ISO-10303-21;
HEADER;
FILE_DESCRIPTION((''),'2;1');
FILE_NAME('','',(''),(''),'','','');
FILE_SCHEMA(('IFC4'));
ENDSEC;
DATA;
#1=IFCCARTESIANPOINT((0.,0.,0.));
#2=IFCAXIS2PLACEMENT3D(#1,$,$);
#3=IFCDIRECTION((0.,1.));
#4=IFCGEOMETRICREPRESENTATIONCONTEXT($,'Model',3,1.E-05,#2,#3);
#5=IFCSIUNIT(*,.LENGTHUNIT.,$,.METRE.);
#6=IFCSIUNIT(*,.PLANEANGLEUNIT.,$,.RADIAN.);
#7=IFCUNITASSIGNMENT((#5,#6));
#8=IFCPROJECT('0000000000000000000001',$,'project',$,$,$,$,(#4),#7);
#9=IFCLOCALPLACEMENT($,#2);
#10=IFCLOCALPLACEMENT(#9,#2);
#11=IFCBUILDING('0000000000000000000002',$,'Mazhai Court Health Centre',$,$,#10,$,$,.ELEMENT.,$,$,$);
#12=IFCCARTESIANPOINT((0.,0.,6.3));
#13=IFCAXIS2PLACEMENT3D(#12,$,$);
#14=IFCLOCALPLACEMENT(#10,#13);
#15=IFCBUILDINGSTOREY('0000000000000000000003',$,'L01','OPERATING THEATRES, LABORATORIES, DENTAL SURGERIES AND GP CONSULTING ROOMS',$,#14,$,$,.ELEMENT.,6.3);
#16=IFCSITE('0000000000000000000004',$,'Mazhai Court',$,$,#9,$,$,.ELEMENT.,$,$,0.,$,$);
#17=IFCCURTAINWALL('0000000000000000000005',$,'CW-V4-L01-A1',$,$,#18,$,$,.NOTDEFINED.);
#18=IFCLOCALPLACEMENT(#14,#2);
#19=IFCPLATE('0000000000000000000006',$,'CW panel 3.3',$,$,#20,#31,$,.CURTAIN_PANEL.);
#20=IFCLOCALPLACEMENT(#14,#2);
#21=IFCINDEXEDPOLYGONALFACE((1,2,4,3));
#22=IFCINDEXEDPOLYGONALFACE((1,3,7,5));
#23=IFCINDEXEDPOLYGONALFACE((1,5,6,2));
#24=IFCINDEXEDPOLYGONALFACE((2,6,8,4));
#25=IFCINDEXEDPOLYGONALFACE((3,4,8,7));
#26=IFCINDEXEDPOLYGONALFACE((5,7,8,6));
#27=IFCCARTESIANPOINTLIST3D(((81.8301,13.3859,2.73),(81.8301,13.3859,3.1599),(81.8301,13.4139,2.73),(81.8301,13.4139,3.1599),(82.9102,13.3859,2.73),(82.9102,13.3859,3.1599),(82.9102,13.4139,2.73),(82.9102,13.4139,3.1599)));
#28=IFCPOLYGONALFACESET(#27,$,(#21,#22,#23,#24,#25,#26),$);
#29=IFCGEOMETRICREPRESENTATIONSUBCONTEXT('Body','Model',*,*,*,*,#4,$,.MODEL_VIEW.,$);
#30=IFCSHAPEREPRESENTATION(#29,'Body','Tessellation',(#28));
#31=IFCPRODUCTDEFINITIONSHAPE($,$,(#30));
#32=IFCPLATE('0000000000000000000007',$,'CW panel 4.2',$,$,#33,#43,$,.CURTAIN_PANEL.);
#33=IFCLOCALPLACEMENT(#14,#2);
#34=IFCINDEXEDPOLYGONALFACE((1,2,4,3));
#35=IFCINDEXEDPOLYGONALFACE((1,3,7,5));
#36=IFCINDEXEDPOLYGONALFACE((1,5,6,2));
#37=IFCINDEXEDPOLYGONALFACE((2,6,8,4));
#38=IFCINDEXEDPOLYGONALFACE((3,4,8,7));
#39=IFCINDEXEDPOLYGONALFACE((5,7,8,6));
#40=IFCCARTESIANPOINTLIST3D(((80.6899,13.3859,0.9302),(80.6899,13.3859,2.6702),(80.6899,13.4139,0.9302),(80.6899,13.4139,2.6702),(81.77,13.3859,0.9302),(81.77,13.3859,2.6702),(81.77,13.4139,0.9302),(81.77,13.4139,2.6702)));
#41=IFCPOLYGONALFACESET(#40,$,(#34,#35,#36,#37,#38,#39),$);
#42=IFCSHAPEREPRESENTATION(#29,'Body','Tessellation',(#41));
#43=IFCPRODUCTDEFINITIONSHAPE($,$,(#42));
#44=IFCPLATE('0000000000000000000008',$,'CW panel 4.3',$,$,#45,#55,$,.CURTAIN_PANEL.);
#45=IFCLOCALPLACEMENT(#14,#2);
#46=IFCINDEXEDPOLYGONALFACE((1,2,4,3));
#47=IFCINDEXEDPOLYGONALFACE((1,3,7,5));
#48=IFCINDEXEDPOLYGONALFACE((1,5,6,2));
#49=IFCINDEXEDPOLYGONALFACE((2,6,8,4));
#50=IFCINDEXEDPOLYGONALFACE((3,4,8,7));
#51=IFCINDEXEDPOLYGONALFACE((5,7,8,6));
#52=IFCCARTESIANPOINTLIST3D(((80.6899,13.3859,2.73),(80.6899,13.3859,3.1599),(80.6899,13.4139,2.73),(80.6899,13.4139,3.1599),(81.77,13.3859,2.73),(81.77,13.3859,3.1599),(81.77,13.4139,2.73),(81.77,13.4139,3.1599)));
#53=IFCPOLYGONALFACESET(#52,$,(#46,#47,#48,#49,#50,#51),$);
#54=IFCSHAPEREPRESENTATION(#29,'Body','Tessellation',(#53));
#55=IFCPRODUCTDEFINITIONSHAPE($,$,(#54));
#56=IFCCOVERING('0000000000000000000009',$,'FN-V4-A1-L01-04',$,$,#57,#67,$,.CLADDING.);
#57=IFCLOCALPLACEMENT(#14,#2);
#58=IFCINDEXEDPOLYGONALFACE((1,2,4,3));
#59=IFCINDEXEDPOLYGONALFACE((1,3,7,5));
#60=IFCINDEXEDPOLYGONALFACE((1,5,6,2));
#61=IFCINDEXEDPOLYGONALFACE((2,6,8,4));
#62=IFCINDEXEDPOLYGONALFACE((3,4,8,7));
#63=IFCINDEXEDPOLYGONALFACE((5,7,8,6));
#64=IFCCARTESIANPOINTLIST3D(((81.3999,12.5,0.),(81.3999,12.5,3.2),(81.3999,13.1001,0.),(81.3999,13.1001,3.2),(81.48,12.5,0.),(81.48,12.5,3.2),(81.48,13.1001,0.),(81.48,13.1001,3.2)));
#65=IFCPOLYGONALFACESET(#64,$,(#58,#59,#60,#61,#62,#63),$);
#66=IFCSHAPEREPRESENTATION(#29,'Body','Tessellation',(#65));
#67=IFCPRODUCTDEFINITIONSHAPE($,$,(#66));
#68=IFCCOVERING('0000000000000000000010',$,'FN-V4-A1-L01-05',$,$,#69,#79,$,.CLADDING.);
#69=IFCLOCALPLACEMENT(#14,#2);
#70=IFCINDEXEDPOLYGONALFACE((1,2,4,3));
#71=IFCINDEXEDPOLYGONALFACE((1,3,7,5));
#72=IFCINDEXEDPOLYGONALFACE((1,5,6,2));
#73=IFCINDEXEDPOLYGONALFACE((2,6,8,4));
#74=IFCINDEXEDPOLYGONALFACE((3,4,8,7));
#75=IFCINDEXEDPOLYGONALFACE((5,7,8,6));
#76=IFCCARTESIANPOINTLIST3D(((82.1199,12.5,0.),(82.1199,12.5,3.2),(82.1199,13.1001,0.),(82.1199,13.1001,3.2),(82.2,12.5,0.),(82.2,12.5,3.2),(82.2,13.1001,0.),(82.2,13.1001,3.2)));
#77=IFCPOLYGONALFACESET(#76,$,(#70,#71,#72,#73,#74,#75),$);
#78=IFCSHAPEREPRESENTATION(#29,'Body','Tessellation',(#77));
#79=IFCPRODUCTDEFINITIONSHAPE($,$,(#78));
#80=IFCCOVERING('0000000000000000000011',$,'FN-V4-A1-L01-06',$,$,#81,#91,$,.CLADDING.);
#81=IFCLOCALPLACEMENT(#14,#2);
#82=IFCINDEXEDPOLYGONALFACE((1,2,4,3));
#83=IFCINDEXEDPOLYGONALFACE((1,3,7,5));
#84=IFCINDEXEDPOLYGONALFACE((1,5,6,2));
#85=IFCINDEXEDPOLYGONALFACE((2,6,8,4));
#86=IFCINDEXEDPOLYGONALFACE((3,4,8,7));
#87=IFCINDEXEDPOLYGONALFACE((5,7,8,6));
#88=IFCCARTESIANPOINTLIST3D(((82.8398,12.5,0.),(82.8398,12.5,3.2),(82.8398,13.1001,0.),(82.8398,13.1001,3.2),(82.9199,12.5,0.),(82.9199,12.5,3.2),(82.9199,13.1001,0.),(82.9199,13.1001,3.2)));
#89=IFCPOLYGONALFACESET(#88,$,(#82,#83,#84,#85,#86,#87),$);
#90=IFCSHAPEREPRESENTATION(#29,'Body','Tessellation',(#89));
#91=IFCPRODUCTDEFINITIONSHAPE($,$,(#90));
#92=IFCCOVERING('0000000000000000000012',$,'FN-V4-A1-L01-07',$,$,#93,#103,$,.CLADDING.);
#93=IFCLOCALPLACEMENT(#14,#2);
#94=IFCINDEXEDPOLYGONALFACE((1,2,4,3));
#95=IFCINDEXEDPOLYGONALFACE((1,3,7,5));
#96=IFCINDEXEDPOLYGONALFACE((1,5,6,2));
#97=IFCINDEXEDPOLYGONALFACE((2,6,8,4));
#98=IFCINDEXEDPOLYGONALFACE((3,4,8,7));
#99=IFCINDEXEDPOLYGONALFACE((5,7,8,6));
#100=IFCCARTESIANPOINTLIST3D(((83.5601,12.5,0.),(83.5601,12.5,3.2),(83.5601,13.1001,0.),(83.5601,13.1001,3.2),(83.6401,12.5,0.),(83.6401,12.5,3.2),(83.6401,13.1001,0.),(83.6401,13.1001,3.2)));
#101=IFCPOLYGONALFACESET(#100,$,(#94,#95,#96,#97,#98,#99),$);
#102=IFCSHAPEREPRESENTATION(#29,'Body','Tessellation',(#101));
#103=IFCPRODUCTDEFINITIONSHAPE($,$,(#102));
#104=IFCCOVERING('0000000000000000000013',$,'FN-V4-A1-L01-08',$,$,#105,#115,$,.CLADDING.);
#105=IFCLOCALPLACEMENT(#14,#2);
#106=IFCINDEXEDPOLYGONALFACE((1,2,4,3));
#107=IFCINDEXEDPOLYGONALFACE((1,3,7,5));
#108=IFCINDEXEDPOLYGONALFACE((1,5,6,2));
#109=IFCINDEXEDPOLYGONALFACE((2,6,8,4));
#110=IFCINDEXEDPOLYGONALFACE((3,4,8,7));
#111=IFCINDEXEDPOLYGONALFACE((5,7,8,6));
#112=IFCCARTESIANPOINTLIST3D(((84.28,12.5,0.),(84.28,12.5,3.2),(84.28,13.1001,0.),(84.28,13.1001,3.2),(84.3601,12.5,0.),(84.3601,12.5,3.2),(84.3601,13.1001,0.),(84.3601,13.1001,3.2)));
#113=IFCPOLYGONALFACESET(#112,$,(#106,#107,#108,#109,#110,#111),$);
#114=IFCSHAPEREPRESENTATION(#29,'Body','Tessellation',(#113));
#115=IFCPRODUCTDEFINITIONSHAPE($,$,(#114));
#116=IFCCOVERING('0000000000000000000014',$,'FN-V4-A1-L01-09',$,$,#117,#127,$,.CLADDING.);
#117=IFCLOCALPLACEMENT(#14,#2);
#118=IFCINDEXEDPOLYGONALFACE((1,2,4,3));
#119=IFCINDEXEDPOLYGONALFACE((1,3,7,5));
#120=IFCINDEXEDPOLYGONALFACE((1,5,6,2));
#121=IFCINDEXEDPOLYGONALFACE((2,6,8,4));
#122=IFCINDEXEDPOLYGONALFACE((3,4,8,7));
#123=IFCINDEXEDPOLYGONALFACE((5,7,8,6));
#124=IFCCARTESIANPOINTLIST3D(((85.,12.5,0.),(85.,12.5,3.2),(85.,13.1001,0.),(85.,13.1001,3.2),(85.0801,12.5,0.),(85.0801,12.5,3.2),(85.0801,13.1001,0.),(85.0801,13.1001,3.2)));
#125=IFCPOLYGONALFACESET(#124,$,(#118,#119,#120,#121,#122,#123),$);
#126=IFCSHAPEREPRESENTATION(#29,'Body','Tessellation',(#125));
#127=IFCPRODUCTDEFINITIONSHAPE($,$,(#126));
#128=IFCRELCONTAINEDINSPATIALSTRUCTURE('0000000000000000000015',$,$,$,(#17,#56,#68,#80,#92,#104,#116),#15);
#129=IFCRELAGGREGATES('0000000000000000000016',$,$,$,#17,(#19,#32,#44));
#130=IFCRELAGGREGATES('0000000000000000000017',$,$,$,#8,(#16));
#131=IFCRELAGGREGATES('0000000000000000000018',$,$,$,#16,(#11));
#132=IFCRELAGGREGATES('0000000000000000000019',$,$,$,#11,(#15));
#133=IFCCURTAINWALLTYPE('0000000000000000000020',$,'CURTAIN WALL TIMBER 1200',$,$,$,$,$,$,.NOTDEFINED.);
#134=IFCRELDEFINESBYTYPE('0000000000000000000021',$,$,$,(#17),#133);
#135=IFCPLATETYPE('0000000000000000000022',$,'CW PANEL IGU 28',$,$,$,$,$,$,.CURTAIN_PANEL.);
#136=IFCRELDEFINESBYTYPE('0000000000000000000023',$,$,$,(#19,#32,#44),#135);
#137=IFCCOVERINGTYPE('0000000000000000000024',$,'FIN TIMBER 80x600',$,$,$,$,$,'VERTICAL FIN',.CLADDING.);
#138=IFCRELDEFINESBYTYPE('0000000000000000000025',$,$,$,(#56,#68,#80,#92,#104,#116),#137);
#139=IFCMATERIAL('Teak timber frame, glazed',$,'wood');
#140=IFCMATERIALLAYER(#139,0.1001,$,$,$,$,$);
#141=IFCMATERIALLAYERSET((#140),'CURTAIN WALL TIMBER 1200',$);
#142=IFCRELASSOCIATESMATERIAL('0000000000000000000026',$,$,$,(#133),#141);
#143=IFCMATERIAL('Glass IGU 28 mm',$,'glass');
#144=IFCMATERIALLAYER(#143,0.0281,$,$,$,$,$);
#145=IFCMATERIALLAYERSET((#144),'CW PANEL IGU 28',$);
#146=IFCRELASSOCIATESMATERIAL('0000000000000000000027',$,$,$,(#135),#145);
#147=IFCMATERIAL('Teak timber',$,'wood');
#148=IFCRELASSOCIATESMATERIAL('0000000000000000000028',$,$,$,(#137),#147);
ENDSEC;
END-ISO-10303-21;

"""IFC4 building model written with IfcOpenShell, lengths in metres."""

from ifc_helpers import new_model, si_unit, direction, frame, origin, origin_2d, place, context, subcontext, project, spatial, rectangle, extrude, material, layer, layer_set, type_object, element, aggregate, save


model = new_model("IFC4")

# Units and contexts
model_context = context("Model", 3, precision=1e-05, world=origin(), true_north=direction((0.0, 1.0)))
body_context = subcontext(model_context, "Body", "Model", "MODEL_VIEW")
ifc_project = project(units=[si_unit("LENGTHUNIT", "METRE"), si_unit("PLANEANGLEUNIT", "RADIAN")], contexts=[model_context])

# Site, building, storey
site_placement = place(None, origin())
site = spatial("IfcSite", under=ifc_project, at=site_placement, Name="Mazhai Court", CompositionType="ELEMENT", RefElevation=0.0)
building_placement = place(site_placement, origin())
building = spatial("IfcBuilding", under=site, at=building_placement, Name="Mazhai Court Health Centre", CompositionType="ELEMENT")
storey_placement = place(building_placement, frame((0.0, 0.0, 6.3)))
storey = spatial("IfcBuildingStorey", under=building, at=storey_placement, Name="L01", Description="OPERATING THEATRES, LABORATORIES, DENTAL SURGERIES AND GP CONSULTING ROOMS", CompositionType="ELEMENT", Elevation=6.3)

# Curtain wall
ifc_material_1 = material(Name="Teak timber frame, glazed", Category="wood")
ifc_layer_1 = layer(ifc_material_1, 0.1001)
ifc_layer_set_1 = layer_set([ifc_layer_1], Name="CURTAIN WALL TIMBER 1200")
curtain_wall_type = type_object("IfcCurtainWallType", Name="CURTAIN WALL TIMBER 1200", PredefinedType="NOTDEFINED", material=ifc_layer_set_1)
curtain_wall_placement = place(storey_placement, origin())
curtain_wall = element("IfcCurtainWall", 1, at=curtain_wall_placement, inside=storey, type_object=curtain_wall_type, Name="CW-V4-L01-A1", PredefinedType="NOTDEFINED")

# Plates
ifc_material_2 = material(Name="Glass IGU 28 mm", Category="glass")
ifc_layer_2 = layer(ifc_material_2, 0.0281)
ifc_layer_set_2 = layer_set([ifc_layer_2], Name="CW PANEL IGU 28")
plate_type = type_object("IfcPlateType", Name="CW PANEL IGU 28", PredefinedType="CURTAIN_PANEL", material=ifc_layer_set_2)
plate_1_placement = place(storey_placement, frame((82.3701, 13.3999, 2.73), z_axis=(0.0, 0.0, 1.0), x_axis=(-1.0, 0.0, 0.0)))
plate_1 = element("IfcPlate", 2, at=plate_1_placement, type_object=plate_type, Name="CW panel 3.3", PredefinedType="CURTAIN_PANEL", context=body_context, shape_type="SweptSolid", body=[
    extrude(rectangle(XDim=1.0801, YDim=0.0281, at=origin_2d()), origin(), (0.0, 0.0, 1.0), 0.4299),
])
plate_2_placement = place(storey_placement, frame((81.23, 13.3999, 0.9302), z_axis=(0.0, 0.0, 1.0), x_axis=(-1.0, 0.0, 0.0)))
plate_2 = element("IfcPlate", 3, at=plate_2_placement, type_object=plate_type, Name="CW panel 4.2", PredefinedType="CURTAIN_PANEL", context=body_context, shape_type="SweptSolid", body=[
    extrude(rectangle(XDim=1.0801, YDim=0.0281, at=origin_2d()), origin(), (0.0, 0.0, 1.0), 1.74),
])
plate_3_placement = place(storey_placement, frame((81.23, 13.3999, 2.73), z_axis=(0.0, 0.0, 1.0), x_axis=(-1.0, 0.0, 0.0)))
plate_3 = element("IfcPlate", 4, at=plate_3_placement, type_object=plate_type, Name="CW panel 4.3", PredefinedType="CURTAIN_PANEL", context=body_context, shape_type="SweptSolid", body=[
    extrude(rectangle(XDim=1.0801, YDim=0.0281, at=origin_2d()), origin(), (0.0, 0.0, 1.0), 0.4299),
])
aggregate(curtain_wall, [plate_1, plate_2, plate_3])

# Coverings
ifc_material_3 = material(Name="Teak timber", Category="wood")
covering_type = type_object("IfcCoveringType", Name="FIN TIMBER 80x600", ElementType="VERTICAL FIN", PredefinedType="CLADDING", material=ifc_material_3)
for number, where, z_axis, x_axis, name in (
    (5, (81.4399, 12.8, 0.0), (0.0, 0.0, 1.0), (1.0, 0.0, 0.0), "FN-V4-A1-L01-04"),
    (6, (82.1599, 12.8, 0.0), (0.0, 0.0, 1.0), (1.0, 0.0, 0.0), "FN-V4-A1-L01-05"),
    (7, (82.8799, 12.8, 0.0), (0.0, 0.0, 1.0), (1.0, 0.0, 0.0), "FN-V4-A1-L01-06"),
    (8, (83.6001, 12.8, 0.0), (0.0, 0.0, 1.0), (1.0, 0.0, 0.0), "FN-V4-A1-L01-07"),
    (9, (84.3201, 12.8, 0.0), (0.0, 0.0, 1.0), (1.0, 0.0, 0.0), "FN-V4-A1-L01-08"),
    (10, (85.04, 12.8, 0.0), (0.0, 0.0, 1.0), (1.0, 0.0, 0.0), "FN-V4-A1-L01-09"),
):
    element("IfcCovering", number, at=place(storey_placement, frame(where, z_axis=z_axis, x_axis=x_axis)), inside=storey, type_object=covering_type, Name=name, PredefinedType="CLADDING", context=body_context, shape_type="SweptSolid", body=[
        extrude(rectangle(XDim=0.0801, YDim=0.6001, at=origin_2d()), origin(), (0.0, 0.0, 1.0), 3.2),
    ])

save(model, "model.ifc")
